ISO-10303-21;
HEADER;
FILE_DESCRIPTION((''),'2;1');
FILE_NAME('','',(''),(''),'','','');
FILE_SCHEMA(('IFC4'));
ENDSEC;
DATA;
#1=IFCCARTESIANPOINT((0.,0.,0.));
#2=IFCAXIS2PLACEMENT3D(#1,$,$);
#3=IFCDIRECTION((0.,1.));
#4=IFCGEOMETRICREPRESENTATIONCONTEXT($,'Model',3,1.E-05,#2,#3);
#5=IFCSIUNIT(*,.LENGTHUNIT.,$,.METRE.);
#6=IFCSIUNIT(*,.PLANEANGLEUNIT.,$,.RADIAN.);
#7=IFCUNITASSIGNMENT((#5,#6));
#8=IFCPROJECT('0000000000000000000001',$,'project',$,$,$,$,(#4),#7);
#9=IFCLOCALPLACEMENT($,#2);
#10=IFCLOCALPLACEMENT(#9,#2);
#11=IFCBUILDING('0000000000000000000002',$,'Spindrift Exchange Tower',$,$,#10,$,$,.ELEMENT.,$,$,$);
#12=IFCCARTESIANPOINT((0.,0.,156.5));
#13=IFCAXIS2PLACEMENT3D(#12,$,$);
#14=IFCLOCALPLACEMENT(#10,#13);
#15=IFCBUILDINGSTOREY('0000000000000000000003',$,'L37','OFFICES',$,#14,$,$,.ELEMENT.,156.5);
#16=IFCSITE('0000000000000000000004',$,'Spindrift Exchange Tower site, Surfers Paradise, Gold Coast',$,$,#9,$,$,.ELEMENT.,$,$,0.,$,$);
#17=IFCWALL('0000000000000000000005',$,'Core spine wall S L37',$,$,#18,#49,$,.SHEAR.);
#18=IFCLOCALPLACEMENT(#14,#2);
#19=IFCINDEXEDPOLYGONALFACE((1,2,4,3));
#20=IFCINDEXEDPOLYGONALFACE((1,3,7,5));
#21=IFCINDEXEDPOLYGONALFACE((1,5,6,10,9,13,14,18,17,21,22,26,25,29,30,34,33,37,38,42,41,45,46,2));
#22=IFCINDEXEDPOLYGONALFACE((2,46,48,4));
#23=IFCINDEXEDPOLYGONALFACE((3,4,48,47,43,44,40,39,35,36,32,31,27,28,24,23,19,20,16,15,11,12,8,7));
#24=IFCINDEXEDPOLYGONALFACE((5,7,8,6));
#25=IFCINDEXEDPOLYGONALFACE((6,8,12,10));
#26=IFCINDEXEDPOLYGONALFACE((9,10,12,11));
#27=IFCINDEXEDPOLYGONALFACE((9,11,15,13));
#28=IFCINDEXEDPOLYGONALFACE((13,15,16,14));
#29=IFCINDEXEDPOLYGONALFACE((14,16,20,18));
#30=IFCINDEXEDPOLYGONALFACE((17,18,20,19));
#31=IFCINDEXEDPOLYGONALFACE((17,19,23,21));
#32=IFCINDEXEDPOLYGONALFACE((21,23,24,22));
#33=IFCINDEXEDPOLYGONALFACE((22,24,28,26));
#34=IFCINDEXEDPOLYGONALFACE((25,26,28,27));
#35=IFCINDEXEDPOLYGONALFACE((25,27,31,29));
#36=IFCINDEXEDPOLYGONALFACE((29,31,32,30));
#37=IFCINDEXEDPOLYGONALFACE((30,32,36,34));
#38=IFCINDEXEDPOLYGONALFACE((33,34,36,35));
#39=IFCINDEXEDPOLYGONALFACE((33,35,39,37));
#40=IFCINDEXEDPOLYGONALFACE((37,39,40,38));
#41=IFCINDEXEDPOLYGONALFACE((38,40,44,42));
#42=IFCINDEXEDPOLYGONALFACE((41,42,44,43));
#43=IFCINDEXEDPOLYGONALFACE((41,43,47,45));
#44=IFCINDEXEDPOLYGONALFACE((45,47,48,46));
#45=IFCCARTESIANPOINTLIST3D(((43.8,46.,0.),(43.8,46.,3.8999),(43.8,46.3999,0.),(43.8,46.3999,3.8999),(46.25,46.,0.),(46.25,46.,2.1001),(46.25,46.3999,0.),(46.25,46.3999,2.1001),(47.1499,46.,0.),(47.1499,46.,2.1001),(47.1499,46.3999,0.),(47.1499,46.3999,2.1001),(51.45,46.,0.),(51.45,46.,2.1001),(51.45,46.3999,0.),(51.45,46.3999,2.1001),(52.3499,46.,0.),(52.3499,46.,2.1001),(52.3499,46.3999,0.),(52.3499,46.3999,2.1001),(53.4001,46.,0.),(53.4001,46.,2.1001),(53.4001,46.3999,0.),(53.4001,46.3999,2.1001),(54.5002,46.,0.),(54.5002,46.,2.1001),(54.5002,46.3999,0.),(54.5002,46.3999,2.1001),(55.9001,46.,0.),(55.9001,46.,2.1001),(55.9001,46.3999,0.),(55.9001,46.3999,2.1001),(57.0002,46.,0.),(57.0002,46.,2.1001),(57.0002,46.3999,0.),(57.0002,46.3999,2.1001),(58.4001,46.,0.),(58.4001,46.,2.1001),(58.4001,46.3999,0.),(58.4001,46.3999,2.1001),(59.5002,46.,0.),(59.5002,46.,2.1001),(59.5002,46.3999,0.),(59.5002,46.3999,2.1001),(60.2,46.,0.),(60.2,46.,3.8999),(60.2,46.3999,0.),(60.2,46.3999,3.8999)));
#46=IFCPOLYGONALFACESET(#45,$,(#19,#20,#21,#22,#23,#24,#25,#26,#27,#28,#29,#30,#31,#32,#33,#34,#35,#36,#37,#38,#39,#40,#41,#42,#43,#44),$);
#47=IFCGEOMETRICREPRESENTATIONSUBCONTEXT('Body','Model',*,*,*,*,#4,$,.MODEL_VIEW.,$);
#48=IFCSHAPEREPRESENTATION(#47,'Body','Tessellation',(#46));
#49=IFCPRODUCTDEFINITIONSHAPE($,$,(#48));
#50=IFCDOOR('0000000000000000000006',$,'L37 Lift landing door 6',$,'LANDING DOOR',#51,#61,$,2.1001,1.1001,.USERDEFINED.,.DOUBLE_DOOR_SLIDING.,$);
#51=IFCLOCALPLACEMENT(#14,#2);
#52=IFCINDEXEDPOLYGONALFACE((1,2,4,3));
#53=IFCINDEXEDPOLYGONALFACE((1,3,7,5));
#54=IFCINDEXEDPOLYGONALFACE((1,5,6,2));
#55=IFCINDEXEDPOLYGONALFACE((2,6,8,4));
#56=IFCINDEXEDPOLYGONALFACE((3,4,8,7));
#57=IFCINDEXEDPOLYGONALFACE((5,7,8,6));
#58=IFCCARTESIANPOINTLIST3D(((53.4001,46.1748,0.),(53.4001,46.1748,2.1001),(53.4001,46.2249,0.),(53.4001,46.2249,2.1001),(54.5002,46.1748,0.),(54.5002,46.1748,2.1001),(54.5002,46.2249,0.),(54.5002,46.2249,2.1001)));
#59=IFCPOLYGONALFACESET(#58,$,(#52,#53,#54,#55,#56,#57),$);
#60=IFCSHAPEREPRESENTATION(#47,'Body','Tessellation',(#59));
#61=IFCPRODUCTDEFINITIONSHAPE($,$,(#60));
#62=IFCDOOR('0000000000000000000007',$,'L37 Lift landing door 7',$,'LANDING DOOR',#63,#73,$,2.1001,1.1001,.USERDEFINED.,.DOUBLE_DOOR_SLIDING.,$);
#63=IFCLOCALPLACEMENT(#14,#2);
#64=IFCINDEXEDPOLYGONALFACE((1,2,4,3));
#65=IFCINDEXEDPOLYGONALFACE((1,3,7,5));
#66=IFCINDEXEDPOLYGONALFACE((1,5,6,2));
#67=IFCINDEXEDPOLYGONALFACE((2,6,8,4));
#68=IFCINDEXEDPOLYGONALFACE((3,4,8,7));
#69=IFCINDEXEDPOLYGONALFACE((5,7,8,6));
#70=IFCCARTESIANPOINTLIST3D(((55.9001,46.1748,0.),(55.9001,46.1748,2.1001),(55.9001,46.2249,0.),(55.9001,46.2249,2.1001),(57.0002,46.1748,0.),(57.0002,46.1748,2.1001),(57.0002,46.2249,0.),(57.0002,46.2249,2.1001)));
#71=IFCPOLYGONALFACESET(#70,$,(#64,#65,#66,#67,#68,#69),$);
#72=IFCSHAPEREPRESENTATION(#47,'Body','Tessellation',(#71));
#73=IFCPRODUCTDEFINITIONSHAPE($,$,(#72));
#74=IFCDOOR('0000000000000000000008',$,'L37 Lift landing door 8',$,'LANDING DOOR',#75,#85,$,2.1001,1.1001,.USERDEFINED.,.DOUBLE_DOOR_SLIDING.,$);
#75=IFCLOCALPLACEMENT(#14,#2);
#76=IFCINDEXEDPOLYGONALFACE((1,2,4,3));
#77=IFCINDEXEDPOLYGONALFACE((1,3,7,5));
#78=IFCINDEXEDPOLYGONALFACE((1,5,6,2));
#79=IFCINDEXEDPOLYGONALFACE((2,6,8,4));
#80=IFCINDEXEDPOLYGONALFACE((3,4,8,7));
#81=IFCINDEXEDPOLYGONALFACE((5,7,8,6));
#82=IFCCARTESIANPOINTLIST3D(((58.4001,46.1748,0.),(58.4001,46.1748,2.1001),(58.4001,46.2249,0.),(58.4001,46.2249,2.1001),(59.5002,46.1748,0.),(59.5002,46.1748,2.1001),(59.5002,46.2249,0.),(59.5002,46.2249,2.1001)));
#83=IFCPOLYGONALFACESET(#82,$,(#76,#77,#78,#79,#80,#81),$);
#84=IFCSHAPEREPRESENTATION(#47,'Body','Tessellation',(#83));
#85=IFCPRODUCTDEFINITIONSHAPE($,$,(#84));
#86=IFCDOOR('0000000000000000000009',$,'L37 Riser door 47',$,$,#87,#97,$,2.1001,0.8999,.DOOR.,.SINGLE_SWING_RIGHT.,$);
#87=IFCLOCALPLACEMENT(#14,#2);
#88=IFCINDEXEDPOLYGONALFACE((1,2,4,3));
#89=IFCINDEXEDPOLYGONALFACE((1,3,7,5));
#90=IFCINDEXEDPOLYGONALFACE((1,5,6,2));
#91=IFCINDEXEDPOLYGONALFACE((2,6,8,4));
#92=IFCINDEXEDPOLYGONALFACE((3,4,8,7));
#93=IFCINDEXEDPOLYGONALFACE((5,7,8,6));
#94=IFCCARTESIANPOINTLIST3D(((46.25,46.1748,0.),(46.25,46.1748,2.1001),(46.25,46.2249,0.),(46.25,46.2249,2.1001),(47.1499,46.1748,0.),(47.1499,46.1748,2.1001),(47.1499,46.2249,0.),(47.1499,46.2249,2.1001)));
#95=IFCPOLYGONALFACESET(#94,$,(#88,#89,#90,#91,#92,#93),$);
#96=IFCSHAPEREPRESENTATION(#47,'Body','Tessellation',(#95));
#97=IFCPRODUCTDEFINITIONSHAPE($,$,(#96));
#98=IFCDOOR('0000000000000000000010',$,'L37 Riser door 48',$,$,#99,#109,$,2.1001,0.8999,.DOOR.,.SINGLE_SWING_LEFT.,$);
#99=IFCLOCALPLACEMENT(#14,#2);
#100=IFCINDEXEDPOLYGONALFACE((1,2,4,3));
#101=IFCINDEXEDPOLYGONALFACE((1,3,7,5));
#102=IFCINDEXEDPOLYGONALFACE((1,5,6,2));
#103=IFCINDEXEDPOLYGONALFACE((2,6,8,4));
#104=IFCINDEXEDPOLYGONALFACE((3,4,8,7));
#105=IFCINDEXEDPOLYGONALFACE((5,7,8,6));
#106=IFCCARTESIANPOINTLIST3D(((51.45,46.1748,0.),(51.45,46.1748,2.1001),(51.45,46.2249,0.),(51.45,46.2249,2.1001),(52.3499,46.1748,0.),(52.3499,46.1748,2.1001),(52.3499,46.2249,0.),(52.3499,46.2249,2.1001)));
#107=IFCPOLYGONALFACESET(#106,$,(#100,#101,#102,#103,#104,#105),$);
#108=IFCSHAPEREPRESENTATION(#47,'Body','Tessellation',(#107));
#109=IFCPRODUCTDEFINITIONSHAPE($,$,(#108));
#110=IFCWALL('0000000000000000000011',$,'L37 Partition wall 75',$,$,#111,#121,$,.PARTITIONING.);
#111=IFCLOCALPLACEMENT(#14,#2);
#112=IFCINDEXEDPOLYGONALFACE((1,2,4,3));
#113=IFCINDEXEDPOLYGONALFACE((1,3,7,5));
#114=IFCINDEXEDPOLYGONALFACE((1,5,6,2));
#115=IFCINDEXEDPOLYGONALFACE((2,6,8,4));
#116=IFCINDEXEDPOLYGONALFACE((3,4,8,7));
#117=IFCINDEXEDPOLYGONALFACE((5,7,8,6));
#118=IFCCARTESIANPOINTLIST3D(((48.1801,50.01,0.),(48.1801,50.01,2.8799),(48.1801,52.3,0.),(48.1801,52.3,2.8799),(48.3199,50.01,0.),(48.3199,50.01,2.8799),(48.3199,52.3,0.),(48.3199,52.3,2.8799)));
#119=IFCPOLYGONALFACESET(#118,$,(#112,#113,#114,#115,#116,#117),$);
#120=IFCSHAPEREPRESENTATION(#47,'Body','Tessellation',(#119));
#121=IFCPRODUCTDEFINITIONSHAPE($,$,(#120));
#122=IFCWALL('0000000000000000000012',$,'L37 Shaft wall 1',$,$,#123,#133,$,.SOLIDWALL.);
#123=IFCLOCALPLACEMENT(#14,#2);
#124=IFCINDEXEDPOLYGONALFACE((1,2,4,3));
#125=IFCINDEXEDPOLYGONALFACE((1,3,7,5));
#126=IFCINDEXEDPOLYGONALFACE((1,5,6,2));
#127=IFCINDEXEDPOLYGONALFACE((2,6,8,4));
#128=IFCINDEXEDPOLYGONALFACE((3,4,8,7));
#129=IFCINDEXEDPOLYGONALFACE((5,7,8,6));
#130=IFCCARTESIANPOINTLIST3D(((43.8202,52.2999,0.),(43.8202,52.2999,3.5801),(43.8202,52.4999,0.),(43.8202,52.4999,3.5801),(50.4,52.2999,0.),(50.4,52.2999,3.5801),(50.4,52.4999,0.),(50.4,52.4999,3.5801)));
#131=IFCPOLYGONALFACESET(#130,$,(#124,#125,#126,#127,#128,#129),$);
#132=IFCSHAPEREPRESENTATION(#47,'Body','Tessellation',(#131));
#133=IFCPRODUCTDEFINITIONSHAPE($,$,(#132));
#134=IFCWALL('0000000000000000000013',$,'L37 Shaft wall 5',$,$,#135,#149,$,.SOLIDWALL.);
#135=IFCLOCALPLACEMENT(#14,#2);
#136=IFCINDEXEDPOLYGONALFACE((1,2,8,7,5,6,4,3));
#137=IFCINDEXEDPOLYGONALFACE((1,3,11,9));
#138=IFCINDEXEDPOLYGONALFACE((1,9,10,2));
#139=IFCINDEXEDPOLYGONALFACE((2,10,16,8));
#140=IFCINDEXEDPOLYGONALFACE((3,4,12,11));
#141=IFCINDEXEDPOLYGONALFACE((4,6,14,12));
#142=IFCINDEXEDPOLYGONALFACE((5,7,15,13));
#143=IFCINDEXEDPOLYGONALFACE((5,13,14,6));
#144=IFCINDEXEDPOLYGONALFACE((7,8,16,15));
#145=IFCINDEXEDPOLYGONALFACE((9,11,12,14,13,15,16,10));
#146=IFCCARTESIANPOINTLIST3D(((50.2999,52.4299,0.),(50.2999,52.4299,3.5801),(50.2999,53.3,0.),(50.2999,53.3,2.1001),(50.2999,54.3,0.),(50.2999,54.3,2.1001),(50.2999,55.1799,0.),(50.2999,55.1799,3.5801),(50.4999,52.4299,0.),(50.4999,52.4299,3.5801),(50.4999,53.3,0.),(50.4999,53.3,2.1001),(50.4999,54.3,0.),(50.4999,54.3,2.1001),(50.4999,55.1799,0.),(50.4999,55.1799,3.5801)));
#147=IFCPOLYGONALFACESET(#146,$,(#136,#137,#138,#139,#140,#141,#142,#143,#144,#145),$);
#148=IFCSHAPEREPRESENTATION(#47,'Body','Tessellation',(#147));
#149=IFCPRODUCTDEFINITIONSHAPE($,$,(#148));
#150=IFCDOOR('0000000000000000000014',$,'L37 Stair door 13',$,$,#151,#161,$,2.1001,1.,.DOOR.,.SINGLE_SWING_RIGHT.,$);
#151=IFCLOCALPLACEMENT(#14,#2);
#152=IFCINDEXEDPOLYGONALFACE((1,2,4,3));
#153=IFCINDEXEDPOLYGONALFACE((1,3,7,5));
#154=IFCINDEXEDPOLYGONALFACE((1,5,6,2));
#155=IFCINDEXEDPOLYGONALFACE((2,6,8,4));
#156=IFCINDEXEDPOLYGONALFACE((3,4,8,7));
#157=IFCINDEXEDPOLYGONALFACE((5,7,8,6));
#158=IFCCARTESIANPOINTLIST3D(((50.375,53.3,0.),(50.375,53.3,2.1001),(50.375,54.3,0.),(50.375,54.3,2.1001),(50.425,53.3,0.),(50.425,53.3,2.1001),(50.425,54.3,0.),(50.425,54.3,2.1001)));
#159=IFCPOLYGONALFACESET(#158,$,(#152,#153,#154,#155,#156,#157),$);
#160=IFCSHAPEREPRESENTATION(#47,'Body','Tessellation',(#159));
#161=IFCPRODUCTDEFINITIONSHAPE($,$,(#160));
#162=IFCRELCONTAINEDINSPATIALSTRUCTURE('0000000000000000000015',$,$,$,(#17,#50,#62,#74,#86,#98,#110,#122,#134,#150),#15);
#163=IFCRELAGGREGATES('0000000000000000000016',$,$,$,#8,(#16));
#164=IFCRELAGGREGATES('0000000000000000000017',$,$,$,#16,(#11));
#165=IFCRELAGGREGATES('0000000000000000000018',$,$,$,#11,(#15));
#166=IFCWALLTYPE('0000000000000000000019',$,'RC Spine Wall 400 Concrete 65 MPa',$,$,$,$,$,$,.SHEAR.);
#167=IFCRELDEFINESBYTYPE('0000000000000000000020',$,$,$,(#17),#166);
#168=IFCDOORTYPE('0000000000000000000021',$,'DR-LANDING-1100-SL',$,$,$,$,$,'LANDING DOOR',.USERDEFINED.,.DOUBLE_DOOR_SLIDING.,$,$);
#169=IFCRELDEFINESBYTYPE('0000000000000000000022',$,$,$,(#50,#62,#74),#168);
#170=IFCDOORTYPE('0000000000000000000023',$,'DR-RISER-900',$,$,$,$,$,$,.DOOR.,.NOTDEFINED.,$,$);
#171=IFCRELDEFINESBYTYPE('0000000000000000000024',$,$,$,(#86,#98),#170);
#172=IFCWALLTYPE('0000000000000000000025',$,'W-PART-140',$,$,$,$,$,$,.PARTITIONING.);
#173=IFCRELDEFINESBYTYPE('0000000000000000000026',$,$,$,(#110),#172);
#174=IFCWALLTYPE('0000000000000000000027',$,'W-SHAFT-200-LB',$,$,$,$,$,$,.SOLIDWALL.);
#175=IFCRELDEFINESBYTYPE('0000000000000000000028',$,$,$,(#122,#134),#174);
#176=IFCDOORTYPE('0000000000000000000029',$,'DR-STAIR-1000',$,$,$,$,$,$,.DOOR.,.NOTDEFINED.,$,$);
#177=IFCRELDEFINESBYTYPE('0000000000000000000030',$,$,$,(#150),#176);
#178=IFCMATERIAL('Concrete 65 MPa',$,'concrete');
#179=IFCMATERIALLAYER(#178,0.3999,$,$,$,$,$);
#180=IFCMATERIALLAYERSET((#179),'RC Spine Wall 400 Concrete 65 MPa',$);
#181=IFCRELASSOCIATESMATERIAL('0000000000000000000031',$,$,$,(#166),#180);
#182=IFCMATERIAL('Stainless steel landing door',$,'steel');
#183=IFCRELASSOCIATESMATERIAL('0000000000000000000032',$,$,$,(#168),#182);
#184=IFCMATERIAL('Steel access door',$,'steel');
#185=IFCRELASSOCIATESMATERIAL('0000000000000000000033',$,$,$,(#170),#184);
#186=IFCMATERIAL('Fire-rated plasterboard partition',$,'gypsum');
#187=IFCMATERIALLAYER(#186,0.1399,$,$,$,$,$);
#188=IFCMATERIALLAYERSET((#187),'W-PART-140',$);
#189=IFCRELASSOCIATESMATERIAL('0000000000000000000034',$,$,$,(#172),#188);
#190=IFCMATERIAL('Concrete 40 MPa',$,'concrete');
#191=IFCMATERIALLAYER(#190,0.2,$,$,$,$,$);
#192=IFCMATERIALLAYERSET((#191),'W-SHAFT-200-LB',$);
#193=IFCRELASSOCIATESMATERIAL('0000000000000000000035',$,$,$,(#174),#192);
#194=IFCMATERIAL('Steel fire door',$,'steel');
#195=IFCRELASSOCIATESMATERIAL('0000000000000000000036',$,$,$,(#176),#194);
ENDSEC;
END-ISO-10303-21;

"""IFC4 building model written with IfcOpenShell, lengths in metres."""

from ifc_helpers import new_model, si_unit, direction, frame, frame_2d, origin, place, context, subcontext, project, spatial, rectangle, extrude, source, transform, mapped, material, layer, layer_set, type_object, element, fill, save


model = new_model("IFC4")

# Units and contexts
model_context = context("Model", 3, precision=1e-05, world=origin(), true_north=direction((0.0, 1.0)))
body_context = subcontext(model_context, "Body", "Model", "MODEL_VIEW")
ifc_project = project(units=[si_unit("LENGTHUNIT", "METRE"), si_unit("PLANEANGLEUNIT", "RADIAN")], contexts=[model_context])

# Site, building, storey
site_placement = place(None, origin())
site = spatial("IfcSite", under=ifc_project, at=site_placement, Name="Spindrift Exchange Tower site, Surfers Paradise, Gold Coast", CompositionType="ELEMENT", RefElevation=0.0)
building_placement = place(site_placement, origin())
building = spatial("IfcBuilding", under=site, at=building_placement, Name="Spindrift Exchange Tower", CompositionType="ELEMENT")
storey_placement = place(building_placement, frame((0.0, 0.0, 156.5)))
storey = spatial("IfcBuildingStorey", under=building, at=storey_placement, Name="L37", Description="OFFICES", CompositionType="ELEMENT", Elevation=156.5)

# Wall, openings, doors
ifc_material_1 = material(Name="Concrete 65 MPa", Category="concrete")
ifc_layer_1 = layer(ifc_material_1, 0.3999)
ifc_layer_set_1 = layer_set([ifc_layer_1], Name="RC Spine Wall 400 Concrete 65 MPa")
wall_type_1 = type_object("IfcWallType", Name="RC Spine Wall 400 Concrete 65 MPa", PredefinedType="SHEAR", material=ifc_layer_set_1)
ifc_material_2 = material(Name="Stainless steel landing door", Category="steel")
door_type_1 = type_object("IfcDoorType", Name="DR-LANDING-1100-SL", ElementType="LANDING DOOR", OperationType="DOUBLE_DOOR_SLIDING", PredefinedType="USERDEFINED", material=ifc_material_2)
shared_shape_1 = source(origin(), body_context, "Body", "SweptSolid", [
    extrude(rectangle(XDim=1.1001, YDim=2.1001, at=frame_2d((0.55, 1.05))), frame((0.0, 0.0249, 0.0), z_axis=(0.0, -1.0, 0.0), x_axis=(1.0, 0.0, 0.0)), (0.0, 0.0, 1.0), 0.05),
])
ifc_material_3 = material(Name="Steel access door", Category="steel")
door_type_2 = type_object("IfcDoorType", Name="DR-RISER-900", OperationType="NOTDEFINED", PredefinedType="DOOR", material=ifc_material_3)
shared_shape_2 = source(origin(), body_context, "Body", "SweptSolid", [
    extrude(rectangle(XDim=0.8999, YDim=2.1001, at=frame_2d((0.45, 1.05))), frame((0.0, 0.0249, 0.0), z_axis=(0.0, -1.0, 0.0), x_axis=(1.0, 0.0, 0.0)), (0.0, 0.0, 1.0), 0.05),
])
wall_1_placement = place(storey_placement, frame((43.8, 46.2, 0.0), z_axis=(0.0, 0.0, 1.0), x_axis=(1.0, 0.0, 0.0)))
wall_1 = element("IfcWall", 1, at=wall_1_placement, inside=storey, type_object=wall_type_1, Name="Core spine wall S L37", PredefinedType="SHEAR", context=body_context, shape_type="SweptSolid", body=[
    extrude(rectangle(XDim=16.3999, YDim=0.3999, at=frame_2d((8.2, 0.0))), origin(), (0.0, 0.0, 1.0), 3.8999),
])
opening_1_placement = place(wall_1_placement, frame((9.6001, 0.0, 0.0)))
opening_1 = element("IfcOpeningElement", 2, at=opening_1_placement, cuts=wall_1, PredefinedType="OPENING", context=body_context, shape_type="SweptSolid", body=[
    extrude(rectangle(XDim=1.1001, YDim=2.1001, at=frame_2d((0.55, 1.05))), frame((0.0, 0.21, 0.0), z_axis=(0.0, -1.0, 0.0), x_axis=(1.0, 0.0, 0.0)), (0.0, 0.0, 1.0), 0.4199),
])
opening_2_placement = place(wall_1_placement, frame((12.1001, 0.0, 0.0)))
opening_2 = element("IfcOpeningElement", 3, at=opening_2_placement, cuts=wall_1, PredefinedType="OPENING", context=body_context, shape_type="SweptSolid", body=[
    extrude(rectangle(XDim=1.1001, YDim=2.1001, at=frame_2d((0.55, 1.05))), frame((0.0, 0.21, 0.0), z_axis=(0.0, -1.0, 0.0), x_axis=(1.0, 0.0, 0.0)), (0.0, 0.0, 1.0), 0.4199),
])
opening_3_placement = place(wall_1_placement, frame((14.6001, 0.0, 0.0)))
opening_3 = element("IfcOpeningElement", 4, at=opening_3_placement, cuts=wall_1, PredefinedType="OPENING", context=body_context, shape_type="SweptSolid", body=[
    extrude(rectangle(XDim=1.1001, YDim=2.1001, at=frame_2d((0.55, 1.05))), frame((0.0, 0.21, 0.0), z_axis=(0.0, -1.0, 0.0), x_axis=(1.0, 0.0, 0.0)), (0.0, 0.0, 1.0), 0.4199),
])
opening_4_placement = place(wall_1_placement, frame((2.45, 0.0, 0.0)))
opening_4 = element("IfcOpeningElement", 5, at=opening_4_placement, cuts=wall_1, PredefinedType="OPENING", context=body_context, shape_type="SweptSolid", body=[
    extrude(rectangle(XDim=0.8999, YDim=2.1001, at=frame_2d((0.45, 1.05))), frame((0.0, 0.21, 0.0), z_axis=(0.0, -1.0, 0.0), x_axis=(1.0, 0.0, 0.0)), (0.0, 0.0, 1.0), 0.4199),
])
opening_5_placement = place(wall_1_placement, frame((7.6499, 0.0, 0.0)))
opening_5 = element("IfcOpeningElement", 6, at=opening_5_placement, cuts=wall_1, PredefinedType="OPENING", context=body_context, shape_type="SweptSolid", body=[
    extrude(rectangle(XDim=0.8999, YDim=2.1001, at=frame_2d((0.45, 1.05))), frame((0.0, 0.21, 0.0), z_axis=(0.0, -1.0, 0.0), x_axis=(1.0, 0.0, 0.0)), (0.0, 0.0, 1.0), 0.4199),
])
door_1_placement = place(opening_1_placement, origin())
door_1 = element("IfcDoor", 7, at=door_1_placement, inside=storey, type_object=door_type_1, Name="L37 Lift landing door 6", ObjectType="LANDING DOOR", OperationType="DOUBLE_DOOR_SLIDING", OverallHeight=2.1001, OverallWidth=1.1001, PredefinedType="USERDEFINED", context=body_context, shape_type="MappedRepresentation", body=[
    mapped(shared_shape_1, transform((0.0, 0.0, 0.0), scale=1.0)),
])
fill(opening_1, door_1)
door_2_placement = place(opening_2_placement, origin())
door_2 = element("IfcDoor", 8, at=door_2_placement, inside=storey, type_object=door_type_1, Name="L37 Lift landing door 7", ObjectType="LANDING DOOR", OperationType="DOUBLE_DOOR_SLIDING", OverallHeight=2.1001, OverallWidth=1.1001, PredefinedType="USERDEFINED", context=body_context, shape_type="MappedRepresentation", body=[
    mapped(shared_shape_1, transform((0.0, 0.0, 0.0), scale=1.0)),
])
fill(opening_2, door_2)
door_3_placement = place(opening_3_placement, origin())
door_3 = element("IfcDoor", 9, at=door_3_placement, inside=storey, type_object=door_type_1, Name="L37 Lift landing door 8", ObjectType="LANDING DOOR", OperationType="DOUBLE_DOOR_SLIDING", OverallHeight=2.1001, OverallWidth=1.1001, PredefinedType="USERDEFINED", context=body_context, shape_type="MappedRepresentation", body=[
    mapped(shared_shape_1, transform((0.0, 0.0, 0.0), scale=1.0)),
])
fill(opening_3, door_3)
door_4_placement = place(opening_4_placement, origin())
door_4 = element("IfcDoor", 10, at=door_4_placement, inside=storey, type_object=door_type_2, Name="L37 Riser door 47", OperationType="SINGLE_SWING_RIGHT", OverallHeight=2.1001, OverallWidth=0.8999, PredefinedType="DOOR", context=body_context, shape_type="MappedRepresentation", body=[
    mapped(shared_shape_2, transform((0.0, 0.0, 0.0), scale=1.0)),
])
fill(opening_4, door_4)
door_5_placement = place(opening_5_placement, origin())
door_5 = element("IfcDoor", 11, at=door_5_placement, inside=storey, type_object=door_type_2, Name="L37 Riser door 48", OperationType="SINGLE_SWING_LEFT", OverallHeight=2.1001, OverallWidth=0.8999, PredefinedType="DOOR", context=body_context, shape_type="MappedRepresentation", body=[
    mapped(shared_shape_2, transform((0.0, 0.0, 0.0), scale=1.0)),
])
fill(opening_5, door_5)

# Walls
ifc_material_4 = material(Name="Fire-rated plasterboard partition", Category="gypsum")
ifc_layer_2 = layer(ifc_material_4, 0.1399)
ifc_layer_set_2 = layer_set([ifc_layer_2], Name="W-PART-140")
wall_type_2 = type_object("IfcWallType", Name="W-PART-140", PredefinedType="PARTITIONING", material=ifc_layer_set_2)
wall_2_placement = place(storey_placement, frame((48.25, 50.01, 0.0), z_axis=(0.0, 0.0, 1.0), x_axis=(0.0, 1.0, 0.0)))
element("IfcWall", 12, at=wall_2_placement, inside=storey, type_object=wall_type_2, Name="L37 Partition wall 75", PredefinedType="PARTITIONING", context=body_context, shape_type="SweptSolid", body=[
    extrude(rectangle(XDim=2.29, YDim=0.1399, at=frame_2d((1.145, 0.0))), origin(), (0.0, 0.0, 1.0), 2.8799),
])
ifc_material_5 = material(Name="Concrete 40 MPa", Category="concrete")
ifc_layer_3 = layer(ifc_material_5, 0.2)
ifc_layer_set_3 = layer_set([ifc_layer_3], Name="W-SHAFT-200-LB")
wall_type_3 = type_object("IfcWallType", Name="W-SHAFT-200-LB", PredefinedType="SOLIDWALL", material=ifc_layer_set_3)
wall_3_placement = place(storey_placement, frame((43.8201, 52.3999, 0.0), z_axis=(0.0, 0.0, 1.0), x_axis=(1.0, 0.0, 0.0)))
element("IfcWall", 13, at=wall_3_placement, inside=storey, type_object=wall_type_3, Name="L37 Shaft wall 1", PredefinedType="SOLIDWALL", context=body_context, shape_type="SweptSolid", body=[
    extrude(rectangle(XDim=6.5798, YDim=0.2, at=frame_2d((3.29, 0.0))), origin(), (0.0, 0.0, 1.0), 3.5801),
])

# Wall, opening, door
wall_4_placement = place(storey_placement, frame((50.3999, 52.4299, 0.0), z_axis=(0.0, 0.0, 1.0), x_axis=(0.0, 1.0, 0.0)))
wall_4 = element("IfcWall", 14, at=wall_4_placement, inside=storey, type_object=wall_type_3, Name="L37 Shaft wall 5", PredefinedType="SOLIDWALL", context=body_context, shape_type="SweptSolid", body=[
    extrude(rectangle(XDim=2.75, YDim=0.2, at=frame_2d((1.375, 0.0))), origin(), (0.0, 0.0, 1.0), 3.5801),
])
opening_6_placement = place(wall_4_placement, frame((0.8701, 0.0, 0.0)))
opening_6 = element("IfcOpeningElement", 15, at=opening_6_placement, cuts=wall_4, PredefinedType="OPENING", context=body_context, shape_type="SweptSolid", body=[
    extrude(rectangle(XDim=1.0, YDim=2.1001, at=frame_2d((0.5, 1.05))), frame((0.0, 0.1099, 0.0), z_axis=(0.0, -1.0, 0.0), x_axis=(1.0, 0.0, 0.0)), (0.0, 0.0, 1.0), 0.22),
])
ifc_material_6 = material(Name="Steel fire door", Category="steel")
door_type_3 = type_object("IfcDoorType", Name="DR-STAIR-1000", OperationType="NOTDEFINED", PredefinedType="DOOR", material=ifc_material_6)
shared_shape_3 = source(origin(), body_context, "Body", "SweptSolid", [
    extrude(rectangle(XDim=1.0, YDim=2.1001, at=frame_2d((0.5, 1.05))), frame((0.0, 0.0249, 0.0), z_axis=(0.0, -1.0, 0.0), x_axis=(1.0, 0.0, 0.0)), (0.0, 0.0, 1.0), 0.05),
])
door_6_placement = place(opening_6_placement, origin())
door_6 = element("IfcDoor", 16, at=door_6_placement, inside=storey, type_object=door_type_3, Name="L37 Stair door 13", OperationType="SINGLE_SWING_RIGHT", OverallHeight=2.1001, OverallWidth=1.0, PredefinedType="DOOR", context=body_context, shape_type="MappedRepresentation", body=[
    mapped(shared_shape_3, transform((0.0, 0.0, 0.0), scale=1.0)),
])
fill(opening_6, door_6)

save(model, "model.ifc")
